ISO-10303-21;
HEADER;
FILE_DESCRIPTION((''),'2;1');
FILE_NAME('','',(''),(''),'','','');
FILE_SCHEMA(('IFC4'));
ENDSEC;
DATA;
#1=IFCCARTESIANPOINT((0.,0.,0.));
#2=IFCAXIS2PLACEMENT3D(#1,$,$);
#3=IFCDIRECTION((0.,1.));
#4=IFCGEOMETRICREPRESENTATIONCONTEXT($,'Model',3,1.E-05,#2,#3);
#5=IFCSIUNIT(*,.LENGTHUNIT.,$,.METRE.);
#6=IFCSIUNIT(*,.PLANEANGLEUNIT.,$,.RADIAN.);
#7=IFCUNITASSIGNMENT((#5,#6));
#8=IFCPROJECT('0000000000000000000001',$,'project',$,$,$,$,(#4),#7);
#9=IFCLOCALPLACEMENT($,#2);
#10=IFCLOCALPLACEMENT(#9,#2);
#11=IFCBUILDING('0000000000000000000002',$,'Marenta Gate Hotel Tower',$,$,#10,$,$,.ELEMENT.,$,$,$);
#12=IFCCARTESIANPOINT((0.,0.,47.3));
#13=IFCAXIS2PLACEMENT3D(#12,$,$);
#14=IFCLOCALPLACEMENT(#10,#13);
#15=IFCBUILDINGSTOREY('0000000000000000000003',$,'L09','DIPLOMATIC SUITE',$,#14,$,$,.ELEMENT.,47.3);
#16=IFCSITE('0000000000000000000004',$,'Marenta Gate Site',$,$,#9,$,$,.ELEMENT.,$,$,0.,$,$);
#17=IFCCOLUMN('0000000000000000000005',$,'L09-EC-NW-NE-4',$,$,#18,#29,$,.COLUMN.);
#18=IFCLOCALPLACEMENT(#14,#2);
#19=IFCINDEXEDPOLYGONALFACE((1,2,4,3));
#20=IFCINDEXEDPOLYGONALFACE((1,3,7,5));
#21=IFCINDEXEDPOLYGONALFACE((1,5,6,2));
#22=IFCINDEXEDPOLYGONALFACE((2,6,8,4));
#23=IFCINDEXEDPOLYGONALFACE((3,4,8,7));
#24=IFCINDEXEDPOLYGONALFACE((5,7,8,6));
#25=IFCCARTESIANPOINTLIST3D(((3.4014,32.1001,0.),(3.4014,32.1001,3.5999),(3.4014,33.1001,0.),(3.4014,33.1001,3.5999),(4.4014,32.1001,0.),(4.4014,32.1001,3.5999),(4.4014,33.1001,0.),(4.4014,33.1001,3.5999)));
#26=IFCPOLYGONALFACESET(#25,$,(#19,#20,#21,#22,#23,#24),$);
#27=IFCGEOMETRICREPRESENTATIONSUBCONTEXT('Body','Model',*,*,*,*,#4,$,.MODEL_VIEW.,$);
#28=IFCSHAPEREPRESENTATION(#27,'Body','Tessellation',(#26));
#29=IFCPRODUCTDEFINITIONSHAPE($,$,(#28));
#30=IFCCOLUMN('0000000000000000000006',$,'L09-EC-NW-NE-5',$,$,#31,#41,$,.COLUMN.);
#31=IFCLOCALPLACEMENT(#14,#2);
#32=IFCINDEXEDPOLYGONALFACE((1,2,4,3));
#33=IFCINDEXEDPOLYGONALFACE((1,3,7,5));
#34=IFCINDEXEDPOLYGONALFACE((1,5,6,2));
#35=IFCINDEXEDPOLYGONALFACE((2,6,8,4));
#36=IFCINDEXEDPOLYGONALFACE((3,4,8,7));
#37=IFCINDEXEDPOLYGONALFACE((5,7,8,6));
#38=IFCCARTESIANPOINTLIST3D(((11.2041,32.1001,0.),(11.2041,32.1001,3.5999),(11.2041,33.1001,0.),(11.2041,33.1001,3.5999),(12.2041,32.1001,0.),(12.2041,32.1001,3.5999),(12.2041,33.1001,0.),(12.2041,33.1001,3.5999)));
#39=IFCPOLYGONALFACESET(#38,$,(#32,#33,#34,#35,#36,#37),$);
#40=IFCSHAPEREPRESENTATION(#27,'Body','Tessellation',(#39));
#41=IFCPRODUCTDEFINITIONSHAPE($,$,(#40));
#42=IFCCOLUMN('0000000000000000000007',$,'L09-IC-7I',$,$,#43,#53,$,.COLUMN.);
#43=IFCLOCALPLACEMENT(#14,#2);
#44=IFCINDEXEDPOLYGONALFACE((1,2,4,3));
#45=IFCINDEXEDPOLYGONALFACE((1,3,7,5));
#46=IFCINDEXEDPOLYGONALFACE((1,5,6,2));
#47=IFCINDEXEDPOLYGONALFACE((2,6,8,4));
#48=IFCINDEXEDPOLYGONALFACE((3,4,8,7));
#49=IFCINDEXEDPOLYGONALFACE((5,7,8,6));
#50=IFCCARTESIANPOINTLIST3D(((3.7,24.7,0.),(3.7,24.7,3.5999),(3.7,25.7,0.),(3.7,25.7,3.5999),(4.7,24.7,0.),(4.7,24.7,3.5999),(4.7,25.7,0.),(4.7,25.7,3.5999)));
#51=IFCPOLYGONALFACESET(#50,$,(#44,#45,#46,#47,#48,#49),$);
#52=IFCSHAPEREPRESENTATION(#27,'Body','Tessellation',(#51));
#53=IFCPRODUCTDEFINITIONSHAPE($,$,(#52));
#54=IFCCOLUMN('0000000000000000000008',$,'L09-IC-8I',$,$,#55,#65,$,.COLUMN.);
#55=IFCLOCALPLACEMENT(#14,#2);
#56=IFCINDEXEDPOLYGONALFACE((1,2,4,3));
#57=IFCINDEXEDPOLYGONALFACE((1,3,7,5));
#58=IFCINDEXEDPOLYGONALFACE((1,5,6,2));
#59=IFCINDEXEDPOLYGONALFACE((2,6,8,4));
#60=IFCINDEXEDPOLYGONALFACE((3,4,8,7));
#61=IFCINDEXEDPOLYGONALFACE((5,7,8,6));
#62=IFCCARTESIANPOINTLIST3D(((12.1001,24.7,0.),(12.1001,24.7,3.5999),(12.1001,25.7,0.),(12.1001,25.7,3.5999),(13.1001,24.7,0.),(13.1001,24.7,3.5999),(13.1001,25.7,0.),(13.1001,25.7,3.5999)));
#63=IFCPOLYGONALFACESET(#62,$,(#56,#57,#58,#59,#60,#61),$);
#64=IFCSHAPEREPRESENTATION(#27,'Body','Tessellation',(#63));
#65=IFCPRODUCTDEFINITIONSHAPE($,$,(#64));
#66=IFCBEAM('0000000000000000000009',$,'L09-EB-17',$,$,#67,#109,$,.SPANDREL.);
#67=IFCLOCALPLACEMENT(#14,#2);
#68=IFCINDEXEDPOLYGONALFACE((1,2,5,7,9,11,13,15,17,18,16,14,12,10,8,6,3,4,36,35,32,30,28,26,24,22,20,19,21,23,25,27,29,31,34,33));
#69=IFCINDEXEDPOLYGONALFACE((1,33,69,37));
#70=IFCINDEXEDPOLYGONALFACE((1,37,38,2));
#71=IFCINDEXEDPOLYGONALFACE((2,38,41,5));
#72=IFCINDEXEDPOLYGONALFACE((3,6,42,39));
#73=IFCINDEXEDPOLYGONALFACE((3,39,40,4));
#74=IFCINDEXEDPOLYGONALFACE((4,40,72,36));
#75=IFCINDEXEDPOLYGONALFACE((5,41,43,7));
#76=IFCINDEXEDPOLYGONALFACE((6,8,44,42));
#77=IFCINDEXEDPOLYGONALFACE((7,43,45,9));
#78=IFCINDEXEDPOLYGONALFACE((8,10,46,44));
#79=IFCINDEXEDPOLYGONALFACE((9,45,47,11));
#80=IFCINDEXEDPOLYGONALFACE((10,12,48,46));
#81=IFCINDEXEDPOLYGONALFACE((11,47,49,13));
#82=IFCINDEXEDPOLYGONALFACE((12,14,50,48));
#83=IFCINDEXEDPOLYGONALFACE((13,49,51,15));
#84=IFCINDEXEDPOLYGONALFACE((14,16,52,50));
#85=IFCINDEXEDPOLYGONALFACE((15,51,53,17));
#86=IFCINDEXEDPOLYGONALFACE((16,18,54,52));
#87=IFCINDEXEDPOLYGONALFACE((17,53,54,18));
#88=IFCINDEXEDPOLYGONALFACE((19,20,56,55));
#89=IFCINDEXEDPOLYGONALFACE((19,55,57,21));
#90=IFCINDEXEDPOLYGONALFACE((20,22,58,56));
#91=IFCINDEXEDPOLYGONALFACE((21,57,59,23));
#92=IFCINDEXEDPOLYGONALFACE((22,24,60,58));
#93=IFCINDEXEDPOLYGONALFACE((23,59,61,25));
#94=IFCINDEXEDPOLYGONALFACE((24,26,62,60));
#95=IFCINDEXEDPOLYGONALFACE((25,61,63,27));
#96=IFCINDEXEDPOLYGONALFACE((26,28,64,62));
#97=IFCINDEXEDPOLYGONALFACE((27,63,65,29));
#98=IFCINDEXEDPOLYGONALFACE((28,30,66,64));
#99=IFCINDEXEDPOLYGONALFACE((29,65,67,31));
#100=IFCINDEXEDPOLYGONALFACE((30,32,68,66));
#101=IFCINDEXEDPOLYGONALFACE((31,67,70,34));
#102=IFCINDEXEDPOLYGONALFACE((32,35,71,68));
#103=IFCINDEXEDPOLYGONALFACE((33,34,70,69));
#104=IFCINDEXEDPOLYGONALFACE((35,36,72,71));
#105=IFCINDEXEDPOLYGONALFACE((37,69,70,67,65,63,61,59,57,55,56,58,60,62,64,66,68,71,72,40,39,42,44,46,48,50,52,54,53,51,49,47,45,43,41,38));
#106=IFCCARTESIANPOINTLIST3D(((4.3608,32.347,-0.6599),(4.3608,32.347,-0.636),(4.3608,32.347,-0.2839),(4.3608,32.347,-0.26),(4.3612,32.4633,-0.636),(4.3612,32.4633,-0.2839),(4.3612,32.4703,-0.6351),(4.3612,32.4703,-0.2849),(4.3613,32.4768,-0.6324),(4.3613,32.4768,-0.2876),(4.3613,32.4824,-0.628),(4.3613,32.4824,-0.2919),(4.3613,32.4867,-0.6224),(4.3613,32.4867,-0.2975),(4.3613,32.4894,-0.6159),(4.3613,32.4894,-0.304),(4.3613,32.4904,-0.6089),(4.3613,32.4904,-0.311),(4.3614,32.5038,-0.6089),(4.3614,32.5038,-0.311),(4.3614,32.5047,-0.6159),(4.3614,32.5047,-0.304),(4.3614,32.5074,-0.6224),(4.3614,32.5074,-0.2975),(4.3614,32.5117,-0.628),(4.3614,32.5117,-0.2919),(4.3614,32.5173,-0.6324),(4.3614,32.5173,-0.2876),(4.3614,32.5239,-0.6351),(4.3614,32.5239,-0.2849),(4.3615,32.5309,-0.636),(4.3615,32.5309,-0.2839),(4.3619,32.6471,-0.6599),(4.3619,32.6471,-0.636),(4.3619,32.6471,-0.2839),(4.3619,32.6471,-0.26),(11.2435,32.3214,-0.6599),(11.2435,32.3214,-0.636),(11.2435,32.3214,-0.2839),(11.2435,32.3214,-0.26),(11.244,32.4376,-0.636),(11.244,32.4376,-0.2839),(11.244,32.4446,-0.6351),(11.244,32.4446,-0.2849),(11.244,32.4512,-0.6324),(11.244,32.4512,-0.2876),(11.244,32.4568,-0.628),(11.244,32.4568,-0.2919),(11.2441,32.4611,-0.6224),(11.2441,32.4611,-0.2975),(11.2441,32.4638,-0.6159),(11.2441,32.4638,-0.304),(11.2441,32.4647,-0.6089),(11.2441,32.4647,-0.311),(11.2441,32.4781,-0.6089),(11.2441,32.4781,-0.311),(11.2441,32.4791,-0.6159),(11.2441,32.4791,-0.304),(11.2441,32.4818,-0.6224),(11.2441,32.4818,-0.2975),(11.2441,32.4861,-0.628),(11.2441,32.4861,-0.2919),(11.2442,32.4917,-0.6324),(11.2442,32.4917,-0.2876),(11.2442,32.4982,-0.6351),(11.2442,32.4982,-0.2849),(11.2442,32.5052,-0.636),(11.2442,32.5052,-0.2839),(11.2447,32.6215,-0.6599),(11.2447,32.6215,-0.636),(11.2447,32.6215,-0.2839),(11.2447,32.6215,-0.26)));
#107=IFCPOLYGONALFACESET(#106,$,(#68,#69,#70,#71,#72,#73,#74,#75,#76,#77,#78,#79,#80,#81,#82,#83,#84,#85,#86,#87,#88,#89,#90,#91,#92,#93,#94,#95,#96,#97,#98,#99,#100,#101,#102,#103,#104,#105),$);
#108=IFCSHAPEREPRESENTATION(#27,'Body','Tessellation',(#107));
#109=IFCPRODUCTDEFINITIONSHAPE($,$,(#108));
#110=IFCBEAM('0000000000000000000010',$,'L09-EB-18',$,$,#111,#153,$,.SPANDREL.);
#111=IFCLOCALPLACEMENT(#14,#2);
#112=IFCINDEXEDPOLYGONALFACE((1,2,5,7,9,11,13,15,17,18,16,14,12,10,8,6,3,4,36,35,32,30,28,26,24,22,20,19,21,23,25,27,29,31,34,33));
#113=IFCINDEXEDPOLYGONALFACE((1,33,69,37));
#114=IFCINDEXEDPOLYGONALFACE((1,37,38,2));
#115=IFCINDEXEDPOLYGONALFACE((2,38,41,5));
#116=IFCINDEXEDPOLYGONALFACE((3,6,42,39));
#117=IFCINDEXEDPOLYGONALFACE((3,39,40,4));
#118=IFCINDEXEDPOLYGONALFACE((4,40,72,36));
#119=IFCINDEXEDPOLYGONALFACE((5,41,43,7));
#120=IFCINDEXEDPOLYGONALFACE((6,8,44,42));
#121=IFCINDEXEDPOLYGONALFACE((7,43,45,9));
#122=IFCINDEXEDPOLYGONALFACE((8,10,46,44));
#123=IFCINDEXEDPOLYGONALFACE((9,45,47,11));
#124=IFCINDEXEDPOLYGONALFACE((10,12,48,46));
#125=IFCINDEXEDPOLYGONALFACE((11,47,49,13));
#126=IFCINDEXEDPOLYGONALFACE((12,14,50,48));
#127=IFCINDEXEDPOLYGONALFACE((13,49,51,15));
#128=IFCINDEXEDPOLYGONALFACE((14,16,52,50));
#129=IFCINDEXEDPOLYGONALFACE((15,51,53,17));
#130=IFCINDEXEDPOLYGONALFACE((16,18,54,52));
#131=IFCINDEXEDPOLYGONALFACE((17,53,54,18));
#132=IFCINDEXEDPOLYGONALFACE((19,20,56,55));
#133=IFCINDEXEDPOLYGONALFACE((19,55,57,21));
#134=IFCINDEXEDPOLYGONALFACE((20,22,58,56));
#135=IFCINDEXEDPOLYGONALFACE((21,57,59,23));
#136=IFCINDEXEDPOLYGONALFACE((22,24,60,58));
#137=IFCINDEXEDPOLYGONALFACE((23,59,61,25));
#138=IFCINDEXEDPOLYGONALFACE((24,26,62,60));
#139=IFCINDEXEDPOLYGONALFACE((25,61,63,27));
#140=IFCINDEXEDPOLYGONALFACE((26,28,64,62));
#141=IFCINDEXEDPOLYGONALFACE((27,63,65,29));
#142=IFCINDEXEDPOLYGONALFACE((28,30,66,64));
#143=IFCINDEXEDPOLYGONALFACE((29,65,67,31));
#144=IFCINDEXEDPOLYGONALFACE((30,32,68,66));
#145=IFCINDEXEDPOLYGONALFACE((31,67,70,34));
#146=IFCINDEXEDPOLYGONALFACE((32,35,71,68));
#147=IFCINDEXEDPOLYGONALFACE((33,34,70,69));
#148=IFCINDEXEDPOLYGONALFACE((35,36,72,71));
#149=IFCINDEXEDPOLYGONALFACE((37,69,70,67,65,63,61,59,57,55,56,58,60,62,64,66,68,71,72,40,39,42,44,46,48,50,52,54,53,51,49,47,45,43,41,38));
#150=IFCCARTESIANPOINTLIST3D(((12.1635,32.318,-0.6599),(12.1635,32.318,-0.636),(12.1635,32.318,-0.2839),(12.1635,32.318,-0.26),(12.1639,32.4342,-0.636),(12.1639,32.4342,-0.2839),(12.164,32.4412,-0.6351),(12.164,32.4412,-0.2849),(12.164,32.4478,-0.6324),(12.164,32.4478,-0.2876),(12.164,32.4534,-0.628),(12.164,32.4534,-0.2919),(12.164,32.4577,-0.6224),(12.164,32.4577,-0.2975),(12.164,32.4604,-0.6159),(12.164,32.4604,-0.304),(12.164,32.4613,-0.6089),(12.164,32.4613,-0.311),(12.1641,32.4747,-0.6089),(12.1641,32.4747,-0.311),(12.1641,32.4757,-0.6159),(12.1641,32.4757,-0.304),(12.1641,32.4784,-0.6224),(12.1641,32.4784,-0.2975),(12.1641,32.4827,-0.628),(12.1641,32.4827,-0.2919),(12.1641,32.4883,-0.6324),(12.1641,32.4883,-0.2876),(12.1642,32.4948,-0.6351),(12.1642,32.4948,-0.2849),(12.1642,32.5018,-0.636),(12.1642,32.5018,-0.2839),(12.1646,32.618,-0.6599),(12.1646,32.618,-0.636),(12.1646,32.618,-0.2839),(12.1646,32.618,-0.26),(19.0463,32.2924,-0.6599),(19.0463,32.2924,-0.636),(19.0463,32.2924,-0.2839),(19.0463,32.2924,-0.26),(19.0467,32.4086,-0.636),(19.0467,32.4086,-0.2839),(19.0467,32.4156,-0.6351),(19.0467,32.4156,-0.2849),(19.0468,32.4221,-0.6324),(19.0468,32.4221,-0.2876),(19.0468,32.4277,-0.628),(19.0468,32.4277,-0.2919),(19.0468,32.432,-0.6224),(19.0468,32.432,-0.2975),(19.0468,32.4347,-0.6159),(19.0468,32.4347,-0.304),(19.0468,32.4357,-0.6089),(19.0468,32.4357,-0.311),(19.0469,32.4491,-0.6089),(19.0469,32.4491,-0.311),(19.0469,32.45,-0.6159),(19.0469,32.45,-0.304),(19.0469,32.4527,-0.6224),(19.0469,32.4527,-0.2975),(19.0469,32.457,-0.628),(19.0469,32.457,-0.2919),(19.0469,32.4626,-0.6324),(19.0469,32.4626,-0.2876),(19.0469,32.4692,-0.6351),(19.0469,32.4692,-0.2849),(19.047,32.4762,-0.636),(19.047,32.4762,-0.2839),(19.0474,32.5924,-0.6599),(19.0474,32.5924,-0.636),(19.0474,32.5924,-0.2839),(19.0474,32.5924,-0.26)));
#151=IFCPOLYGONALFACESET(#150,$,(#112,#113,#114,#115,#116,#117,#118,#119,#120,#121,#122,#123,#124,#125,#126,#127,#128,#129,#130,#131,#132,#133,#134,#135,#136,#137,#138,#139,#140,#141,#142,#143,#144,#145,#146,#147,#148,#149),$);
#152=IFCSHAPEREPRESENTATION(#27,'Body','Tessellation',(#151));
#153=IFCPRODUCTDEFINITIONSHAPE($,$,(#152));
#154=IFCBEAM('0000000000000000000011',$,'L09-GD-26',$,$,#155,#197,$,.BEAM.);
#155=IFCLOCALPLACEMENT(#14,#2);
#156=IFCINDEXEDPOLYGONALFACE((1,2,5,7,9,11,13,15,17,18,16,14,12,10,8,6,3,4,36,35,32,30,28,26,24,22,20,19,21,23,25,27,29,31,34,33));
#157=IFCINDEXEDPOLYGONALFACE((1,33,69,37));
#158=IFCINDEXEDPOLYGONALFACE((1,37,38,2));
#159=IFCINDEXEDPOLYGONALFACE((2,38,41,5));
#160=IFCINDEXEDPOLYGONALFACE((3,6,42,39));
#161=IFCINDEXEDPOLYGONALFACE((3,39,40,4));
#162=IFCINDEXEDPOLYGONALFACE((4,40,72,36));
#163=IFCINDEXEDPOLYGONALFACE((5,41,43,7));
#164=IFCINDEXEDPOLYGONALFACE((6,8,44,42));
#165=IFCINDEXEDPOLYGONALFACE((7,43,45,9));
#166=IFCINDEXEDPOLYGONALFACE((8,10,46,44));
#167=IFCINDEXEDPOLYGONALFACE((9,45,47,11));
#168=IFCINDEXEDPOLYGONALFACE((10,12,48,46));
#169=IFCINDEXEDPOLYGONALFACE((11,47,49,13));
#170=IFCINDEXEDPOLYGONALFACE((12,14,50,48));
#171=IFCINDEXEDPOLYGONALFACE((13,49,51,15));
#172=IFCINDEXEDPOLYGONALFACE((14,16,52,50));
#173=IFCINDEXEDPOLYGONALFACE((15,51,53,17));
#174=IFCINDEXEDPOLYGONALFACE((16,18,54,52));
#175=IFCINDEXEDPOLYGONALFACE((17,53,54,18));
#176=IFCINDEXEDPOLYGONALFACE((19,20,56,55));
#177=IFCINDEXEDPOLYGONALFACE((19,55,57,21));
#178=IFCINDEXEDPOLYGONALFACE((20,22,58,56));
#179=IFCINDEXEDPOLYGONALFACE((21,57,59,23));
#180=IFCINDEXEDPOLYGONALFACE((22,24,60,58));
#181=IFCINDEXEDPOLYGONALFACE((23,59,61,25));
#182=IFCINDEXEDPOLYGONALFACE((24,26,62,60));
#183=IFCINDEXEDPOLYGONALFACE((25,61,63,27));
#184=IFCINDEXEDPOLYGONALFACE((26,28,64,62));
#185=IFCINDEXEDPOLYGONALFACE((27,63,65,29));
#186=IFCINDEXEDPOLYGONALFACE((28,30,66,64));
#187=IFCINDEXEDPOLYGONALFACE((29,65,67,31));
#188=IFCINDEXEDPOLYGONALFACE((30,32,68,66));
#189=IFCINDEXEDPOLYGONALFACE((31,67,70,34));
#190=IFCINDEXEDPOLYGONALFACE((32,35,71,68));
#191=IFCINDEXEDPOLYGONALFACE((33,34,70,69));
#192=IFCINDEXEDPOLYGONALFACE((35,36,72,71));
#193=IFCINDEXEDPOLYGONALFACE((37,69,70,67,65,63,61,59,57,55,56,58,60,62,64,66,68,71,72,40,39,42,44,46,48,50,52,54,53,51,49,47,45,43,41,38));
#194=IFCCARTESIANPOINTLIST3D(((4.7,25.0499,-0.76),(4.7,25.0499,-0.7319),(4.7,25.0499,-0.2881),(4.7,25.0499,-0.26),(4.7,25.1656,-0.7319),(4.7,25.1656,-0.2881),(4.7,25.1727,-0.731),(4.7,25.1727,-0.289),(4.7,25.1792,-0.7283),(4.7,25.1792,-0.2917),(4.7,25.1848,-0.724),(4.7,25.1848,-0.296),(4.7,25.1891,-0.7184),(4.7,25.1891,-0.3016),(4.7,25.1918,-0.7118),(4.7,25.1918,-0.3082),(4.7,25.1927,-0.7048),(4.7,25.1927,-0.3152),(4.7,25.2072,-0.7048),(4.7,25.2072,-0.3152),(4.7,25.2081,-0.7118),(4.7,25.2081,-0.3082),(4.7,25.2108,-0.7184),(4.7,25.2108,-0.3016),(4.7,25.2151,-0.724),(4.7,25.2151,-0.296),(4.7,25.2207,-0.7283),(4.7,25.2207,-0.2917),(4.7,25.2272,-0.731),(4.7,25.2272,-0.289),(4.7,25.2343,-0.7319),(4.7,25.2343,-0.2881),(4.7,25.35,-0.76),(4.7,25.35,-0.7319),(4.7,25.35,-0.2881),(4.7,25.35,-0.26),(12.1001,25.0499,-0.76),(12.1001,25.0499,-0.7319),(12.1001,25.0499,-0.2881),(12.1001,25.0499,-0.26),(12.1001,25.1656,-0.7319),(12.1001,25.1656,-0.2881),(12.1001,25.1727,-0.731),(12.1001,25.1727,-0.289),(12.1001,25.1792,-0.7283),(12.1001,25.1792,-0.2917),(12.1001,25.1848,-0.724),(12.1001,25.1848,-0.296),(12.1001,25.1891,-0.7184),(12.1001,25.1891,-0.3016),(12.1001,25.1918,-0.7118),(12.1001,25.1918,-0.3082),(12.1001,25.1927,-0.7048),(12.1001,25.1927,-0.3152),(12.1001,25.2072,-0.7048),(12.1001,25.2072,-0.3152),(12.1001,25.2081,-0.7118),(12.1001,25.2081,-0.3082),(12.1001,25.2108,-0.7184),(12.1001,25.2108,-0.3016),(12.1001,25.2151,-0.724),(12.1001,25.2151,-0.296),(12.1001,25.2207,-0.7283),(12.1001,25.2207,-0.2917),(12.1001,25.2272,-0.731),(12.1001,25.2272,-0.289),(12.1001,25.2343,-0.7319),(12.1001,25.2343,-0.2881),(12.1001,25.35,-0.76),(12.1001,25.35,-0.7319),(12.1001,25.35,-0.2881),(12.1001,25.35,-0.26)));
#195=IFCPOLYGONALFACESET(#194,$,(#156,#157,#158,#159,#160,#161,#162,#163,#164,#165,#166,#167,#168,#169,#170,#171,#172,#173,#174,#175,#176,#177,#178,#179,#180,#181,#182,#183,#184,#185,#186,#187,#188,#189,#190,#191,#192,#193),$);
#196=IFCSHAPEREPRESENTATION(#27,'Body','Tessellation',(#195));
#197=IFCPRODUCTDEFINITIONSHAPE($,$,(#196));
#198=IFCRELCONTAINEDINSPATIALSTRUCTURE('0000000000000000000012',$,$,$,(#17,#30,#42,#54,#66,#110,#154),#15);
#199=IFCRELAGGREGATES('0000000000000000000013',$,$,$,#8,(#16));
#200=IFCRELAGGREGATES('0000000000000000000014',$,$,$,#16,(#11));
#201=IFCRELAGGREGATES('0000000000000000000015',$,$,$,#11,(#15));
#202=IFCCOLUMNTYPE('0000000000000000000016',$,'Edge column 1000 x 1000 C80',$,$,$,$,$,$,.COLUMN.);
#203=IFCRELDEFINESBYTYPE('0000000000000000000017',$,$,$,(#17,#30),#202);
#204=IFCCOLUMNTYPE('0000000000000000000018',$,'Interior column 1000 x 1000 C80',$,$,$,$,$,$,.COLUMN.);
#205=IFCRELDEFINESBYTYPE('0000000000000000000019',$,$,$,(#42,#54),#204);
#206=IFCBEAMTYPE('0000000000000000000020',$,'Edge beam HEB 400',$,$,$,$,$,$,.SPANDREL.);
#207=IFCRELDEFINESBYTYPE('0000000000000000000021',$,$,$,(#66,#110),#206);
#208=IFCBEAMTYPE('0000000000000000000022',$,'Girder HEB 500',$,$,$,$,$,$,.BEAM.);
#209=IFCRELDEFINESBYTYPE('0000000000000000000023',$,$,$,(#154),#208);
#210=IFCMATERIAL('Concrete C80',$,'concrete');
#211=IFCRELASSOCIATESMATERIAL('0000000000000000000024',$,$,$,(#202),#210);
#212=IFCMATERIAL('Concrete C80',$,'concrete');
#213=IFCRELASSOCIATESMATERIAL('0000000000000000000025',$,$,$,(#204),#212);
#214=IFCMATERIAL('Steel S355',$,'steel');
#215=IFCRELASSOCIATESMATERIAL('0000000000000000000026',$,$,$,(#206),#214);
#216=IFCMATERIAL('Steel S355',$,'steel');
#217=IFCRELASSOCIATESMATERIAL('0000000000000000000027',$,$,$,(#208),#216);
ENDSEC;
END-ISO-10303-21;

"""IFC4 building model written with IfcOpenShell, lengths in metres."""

from ifc_helpers import new_model, si_unit, direction, frame, origin, origin_2d, place, context, subcontext, project, spatial, rectangle, i_section, extrude, material, material_profile, profile_set, type_object, element, save


model = new_model("IFC4")

# Units and contexts
model_context = context("Model", 3, precision=1e-05, world=origin(), true_north=direction((0.0, 1.0)))
body_context = subcontext(model_context, "Body", "Model", "MODEL_VIEW")
ifc_project = project(units=[si_unit("LENGTHUNIT", "METRE"), si_unit("PLANEANGLEUNIT", "RADIAN")], contexts=[model_context])

# Site, building, storey
site_placement = place(None, origin())
site = spatial("IfcSite", under=ifc_project, at=site_placement, Name="Marenta Gate Site", CompositionType="ELEMENT", RefElevation=0.0)
building_placement = place(site_placement, origin())
building = spatial("IfcBuilding", under=site, at=building_placement, Name="Marenta Gate Hotel Tower", CompositionType="ELEMENT")
storey_placement = place(building_placement, frame((0.0, 0.0, 47.3)))
storey = spatial("IfcBuildingStorey", under=building, at=storey_placement, Name="L09", Description="DIPLOMATIC SUITE", CompositionType="ELEMENT", Elevation=47.3)

# Columns
ifc_material_1 = material(Name="Concrete C80", Category="concrete")
ifc_material_profile_1 = material_profile(ifc_material_1, rectangle(XDim=1.0, YDim=1.0, at=origin_2d()), Name="1000 x 1000")
ifc_profile_set_1 = profile_set([ifc_material_profile_1], Name="Concrete C80")
column_type_1 = type_object("IfcColumnType", Name="Edge column 1000 x 1000 C80", PredefinedType="COLUMN", material=ifc_profile_set_1)
for number, where, z_axis, x_axis, name in (
    (1, (3.9014, 32.6001, 0.0), (0.0, 0.0, 1.0), (1.0, 0.0, 0.0), "L09-EC-NW-NE-4"),
    (2, (11.7041, 32.6001, 0.0), (0.0, 0.0, 1.0), (1.0, 0.0, 0.0), "L09-EC-NW-NE-5"),
):
    element("IfcColumn", number, at=place(storey_placement, frame(where, z_axis=z_axis, x_axis=x_axis)), inside=storey, type_object=column_type_1, Name=name, PredefinedType="COLUMN", context=body_context, shape_type="SweptSolid", body=[
        extrude(rectangle(XDim=1.0, YDim=1.0, at=origin_2d()), origin(), (0.0, 0.0, 1.0), 3.5999),
    ])
ifc_material_2 = material(Name="Concrete C80", Category="concrete")
ifc_material_profile_2 = material_profile(ifc_material_2, rectangle(XDim=1.0, YDim=1.0, at=origin_2d()), Name="1000 x 1000")
ifc_profile_set_2 = profile_set([ifc_material_profile_2], Name="Concrete C80")
column_type_2 = type_object("IfcColumnType", Name="Interior column 1000 x 1000 C80", PredefinedType="COLUMN", material=ifc_profile_set_2)
for number, where, z_axis, x_axis, name in (
    (3, (4.2, 25.2, 0.0), (0.0, 0.0, 1.0), (1.0, 0.0, 0.0), "L09-IC-7I"),
    (4, (12.6001, 25.2, 0.0), (0.0, 0.0, 1.0), (1.0, 0.0, 0.0), "L09-IC-8I"),
):
    element("IfcColumn", number, at=place(storey_placement, frame(where, z_axis=z_axis, x_axis=x_axis)), inside=storey, type_object=column_type_2, Name=name, PredefinedType="COLUMN", context=body_context, shape_type="SweptSolid", body=[
        extrude(rectangle(XDim=1.0, YDim=1.0, at=origin_2d()), origin(), (0.0, 0.0, 1.0), 3.5999),
    ])

# Beams
ifc_material_3 = material(Name="Steel S355", Category="steel")
ifc_material_profile_3 = material_profile(ifc_material_3, i_section(OverallWidth=0.3, OverallDepth=0.3999, WebThickness=0.0134, FlangeThickness=0.0239, FilletRadius=0.0271, at=origin_2d()), Name="HEB 400")
ifc_profile_set_3 = profile_set([ifc_material_profile_3], Name="Steel S355")
beam_type_1 = type_object("IfcBeamType", Name="Edge beam HEB 400", PredefinedType="SPANDREL", material=ifc_profile_set_3)
for number, where, z_axis, x_axis, name in (
    (5, (4.3613, 32.4971, -0.46), (0.999993, -0.003724, 0.0), (0.003724, 0.999993, 0.0), "L09-EB-17"),
    (6, (12.1641, 32.468, -0.46), (0.999993, -0.003724, 0.0), (0.003724, 0.999993, 0.0), "L09-EB-18"),
):
    element("IfcBeam", number, at=place(storey_placement, frame(where, z_axis=z_axis, x_axis=x_axis)), inside=storey, type_object=beam_type_1, Name=name, PredefinedType="SPANDREL", context=body_context, shape_type="SweptSolid", body=[
        extrude(i_section(OverallWidth=0.3, OverallDepth=0.3999, WebThickness=0.0134, FlangeThickness=0.0239, FilletRadius=0.0271, at=origin_2d()), origin(), (0.0, 0.0, 1.0), 6.8828),
    ])
ifc_material_4 = material(Name="Steel S355", Category="steel")
ifc_material_profile_4 = material_profile(ifc_material_4, i_section(OverallWidth=0.3, OverallDepth=0.5, WebThickness=0.0144, FlangeThickness=0.0281, FilletRadius=0.0271, at=origin_2d()), Name="HEB 500")
ifc_profile_set_4 = profile_set([ifc_material_profile_4], Name="Steel S355")
beam_type_2 = type_object("IfcBeamType", Name="Girder HEB 500", PredefinedType="BEAM", material=ifc_profile_set_4)
beam_placement = place(storey_placement, frame((4.7, 25.2, -0.51), z_axis=(1.0, 0.0, 0.0), x_axis=(0.0, 1.0, 0.0)))
element("IfcBeam", 7, at=beam_placement, inside=storey, type_object=beam_type_2, Name="L09-GD-26", PredefinedType="BEAM", context=body_context, shape_type="SweptSolid", body=[
    extrude(i_section(OverallWidth=0.3, OverallDepth=0.5, WebThickness=0.0144, FlangeThickness=0.0281, FilletRadius=0.0271, at=origin_2d()), origin(), (0.0, 0.0, 1.0), 7.4001),
])

save(model, "model.ifc")
